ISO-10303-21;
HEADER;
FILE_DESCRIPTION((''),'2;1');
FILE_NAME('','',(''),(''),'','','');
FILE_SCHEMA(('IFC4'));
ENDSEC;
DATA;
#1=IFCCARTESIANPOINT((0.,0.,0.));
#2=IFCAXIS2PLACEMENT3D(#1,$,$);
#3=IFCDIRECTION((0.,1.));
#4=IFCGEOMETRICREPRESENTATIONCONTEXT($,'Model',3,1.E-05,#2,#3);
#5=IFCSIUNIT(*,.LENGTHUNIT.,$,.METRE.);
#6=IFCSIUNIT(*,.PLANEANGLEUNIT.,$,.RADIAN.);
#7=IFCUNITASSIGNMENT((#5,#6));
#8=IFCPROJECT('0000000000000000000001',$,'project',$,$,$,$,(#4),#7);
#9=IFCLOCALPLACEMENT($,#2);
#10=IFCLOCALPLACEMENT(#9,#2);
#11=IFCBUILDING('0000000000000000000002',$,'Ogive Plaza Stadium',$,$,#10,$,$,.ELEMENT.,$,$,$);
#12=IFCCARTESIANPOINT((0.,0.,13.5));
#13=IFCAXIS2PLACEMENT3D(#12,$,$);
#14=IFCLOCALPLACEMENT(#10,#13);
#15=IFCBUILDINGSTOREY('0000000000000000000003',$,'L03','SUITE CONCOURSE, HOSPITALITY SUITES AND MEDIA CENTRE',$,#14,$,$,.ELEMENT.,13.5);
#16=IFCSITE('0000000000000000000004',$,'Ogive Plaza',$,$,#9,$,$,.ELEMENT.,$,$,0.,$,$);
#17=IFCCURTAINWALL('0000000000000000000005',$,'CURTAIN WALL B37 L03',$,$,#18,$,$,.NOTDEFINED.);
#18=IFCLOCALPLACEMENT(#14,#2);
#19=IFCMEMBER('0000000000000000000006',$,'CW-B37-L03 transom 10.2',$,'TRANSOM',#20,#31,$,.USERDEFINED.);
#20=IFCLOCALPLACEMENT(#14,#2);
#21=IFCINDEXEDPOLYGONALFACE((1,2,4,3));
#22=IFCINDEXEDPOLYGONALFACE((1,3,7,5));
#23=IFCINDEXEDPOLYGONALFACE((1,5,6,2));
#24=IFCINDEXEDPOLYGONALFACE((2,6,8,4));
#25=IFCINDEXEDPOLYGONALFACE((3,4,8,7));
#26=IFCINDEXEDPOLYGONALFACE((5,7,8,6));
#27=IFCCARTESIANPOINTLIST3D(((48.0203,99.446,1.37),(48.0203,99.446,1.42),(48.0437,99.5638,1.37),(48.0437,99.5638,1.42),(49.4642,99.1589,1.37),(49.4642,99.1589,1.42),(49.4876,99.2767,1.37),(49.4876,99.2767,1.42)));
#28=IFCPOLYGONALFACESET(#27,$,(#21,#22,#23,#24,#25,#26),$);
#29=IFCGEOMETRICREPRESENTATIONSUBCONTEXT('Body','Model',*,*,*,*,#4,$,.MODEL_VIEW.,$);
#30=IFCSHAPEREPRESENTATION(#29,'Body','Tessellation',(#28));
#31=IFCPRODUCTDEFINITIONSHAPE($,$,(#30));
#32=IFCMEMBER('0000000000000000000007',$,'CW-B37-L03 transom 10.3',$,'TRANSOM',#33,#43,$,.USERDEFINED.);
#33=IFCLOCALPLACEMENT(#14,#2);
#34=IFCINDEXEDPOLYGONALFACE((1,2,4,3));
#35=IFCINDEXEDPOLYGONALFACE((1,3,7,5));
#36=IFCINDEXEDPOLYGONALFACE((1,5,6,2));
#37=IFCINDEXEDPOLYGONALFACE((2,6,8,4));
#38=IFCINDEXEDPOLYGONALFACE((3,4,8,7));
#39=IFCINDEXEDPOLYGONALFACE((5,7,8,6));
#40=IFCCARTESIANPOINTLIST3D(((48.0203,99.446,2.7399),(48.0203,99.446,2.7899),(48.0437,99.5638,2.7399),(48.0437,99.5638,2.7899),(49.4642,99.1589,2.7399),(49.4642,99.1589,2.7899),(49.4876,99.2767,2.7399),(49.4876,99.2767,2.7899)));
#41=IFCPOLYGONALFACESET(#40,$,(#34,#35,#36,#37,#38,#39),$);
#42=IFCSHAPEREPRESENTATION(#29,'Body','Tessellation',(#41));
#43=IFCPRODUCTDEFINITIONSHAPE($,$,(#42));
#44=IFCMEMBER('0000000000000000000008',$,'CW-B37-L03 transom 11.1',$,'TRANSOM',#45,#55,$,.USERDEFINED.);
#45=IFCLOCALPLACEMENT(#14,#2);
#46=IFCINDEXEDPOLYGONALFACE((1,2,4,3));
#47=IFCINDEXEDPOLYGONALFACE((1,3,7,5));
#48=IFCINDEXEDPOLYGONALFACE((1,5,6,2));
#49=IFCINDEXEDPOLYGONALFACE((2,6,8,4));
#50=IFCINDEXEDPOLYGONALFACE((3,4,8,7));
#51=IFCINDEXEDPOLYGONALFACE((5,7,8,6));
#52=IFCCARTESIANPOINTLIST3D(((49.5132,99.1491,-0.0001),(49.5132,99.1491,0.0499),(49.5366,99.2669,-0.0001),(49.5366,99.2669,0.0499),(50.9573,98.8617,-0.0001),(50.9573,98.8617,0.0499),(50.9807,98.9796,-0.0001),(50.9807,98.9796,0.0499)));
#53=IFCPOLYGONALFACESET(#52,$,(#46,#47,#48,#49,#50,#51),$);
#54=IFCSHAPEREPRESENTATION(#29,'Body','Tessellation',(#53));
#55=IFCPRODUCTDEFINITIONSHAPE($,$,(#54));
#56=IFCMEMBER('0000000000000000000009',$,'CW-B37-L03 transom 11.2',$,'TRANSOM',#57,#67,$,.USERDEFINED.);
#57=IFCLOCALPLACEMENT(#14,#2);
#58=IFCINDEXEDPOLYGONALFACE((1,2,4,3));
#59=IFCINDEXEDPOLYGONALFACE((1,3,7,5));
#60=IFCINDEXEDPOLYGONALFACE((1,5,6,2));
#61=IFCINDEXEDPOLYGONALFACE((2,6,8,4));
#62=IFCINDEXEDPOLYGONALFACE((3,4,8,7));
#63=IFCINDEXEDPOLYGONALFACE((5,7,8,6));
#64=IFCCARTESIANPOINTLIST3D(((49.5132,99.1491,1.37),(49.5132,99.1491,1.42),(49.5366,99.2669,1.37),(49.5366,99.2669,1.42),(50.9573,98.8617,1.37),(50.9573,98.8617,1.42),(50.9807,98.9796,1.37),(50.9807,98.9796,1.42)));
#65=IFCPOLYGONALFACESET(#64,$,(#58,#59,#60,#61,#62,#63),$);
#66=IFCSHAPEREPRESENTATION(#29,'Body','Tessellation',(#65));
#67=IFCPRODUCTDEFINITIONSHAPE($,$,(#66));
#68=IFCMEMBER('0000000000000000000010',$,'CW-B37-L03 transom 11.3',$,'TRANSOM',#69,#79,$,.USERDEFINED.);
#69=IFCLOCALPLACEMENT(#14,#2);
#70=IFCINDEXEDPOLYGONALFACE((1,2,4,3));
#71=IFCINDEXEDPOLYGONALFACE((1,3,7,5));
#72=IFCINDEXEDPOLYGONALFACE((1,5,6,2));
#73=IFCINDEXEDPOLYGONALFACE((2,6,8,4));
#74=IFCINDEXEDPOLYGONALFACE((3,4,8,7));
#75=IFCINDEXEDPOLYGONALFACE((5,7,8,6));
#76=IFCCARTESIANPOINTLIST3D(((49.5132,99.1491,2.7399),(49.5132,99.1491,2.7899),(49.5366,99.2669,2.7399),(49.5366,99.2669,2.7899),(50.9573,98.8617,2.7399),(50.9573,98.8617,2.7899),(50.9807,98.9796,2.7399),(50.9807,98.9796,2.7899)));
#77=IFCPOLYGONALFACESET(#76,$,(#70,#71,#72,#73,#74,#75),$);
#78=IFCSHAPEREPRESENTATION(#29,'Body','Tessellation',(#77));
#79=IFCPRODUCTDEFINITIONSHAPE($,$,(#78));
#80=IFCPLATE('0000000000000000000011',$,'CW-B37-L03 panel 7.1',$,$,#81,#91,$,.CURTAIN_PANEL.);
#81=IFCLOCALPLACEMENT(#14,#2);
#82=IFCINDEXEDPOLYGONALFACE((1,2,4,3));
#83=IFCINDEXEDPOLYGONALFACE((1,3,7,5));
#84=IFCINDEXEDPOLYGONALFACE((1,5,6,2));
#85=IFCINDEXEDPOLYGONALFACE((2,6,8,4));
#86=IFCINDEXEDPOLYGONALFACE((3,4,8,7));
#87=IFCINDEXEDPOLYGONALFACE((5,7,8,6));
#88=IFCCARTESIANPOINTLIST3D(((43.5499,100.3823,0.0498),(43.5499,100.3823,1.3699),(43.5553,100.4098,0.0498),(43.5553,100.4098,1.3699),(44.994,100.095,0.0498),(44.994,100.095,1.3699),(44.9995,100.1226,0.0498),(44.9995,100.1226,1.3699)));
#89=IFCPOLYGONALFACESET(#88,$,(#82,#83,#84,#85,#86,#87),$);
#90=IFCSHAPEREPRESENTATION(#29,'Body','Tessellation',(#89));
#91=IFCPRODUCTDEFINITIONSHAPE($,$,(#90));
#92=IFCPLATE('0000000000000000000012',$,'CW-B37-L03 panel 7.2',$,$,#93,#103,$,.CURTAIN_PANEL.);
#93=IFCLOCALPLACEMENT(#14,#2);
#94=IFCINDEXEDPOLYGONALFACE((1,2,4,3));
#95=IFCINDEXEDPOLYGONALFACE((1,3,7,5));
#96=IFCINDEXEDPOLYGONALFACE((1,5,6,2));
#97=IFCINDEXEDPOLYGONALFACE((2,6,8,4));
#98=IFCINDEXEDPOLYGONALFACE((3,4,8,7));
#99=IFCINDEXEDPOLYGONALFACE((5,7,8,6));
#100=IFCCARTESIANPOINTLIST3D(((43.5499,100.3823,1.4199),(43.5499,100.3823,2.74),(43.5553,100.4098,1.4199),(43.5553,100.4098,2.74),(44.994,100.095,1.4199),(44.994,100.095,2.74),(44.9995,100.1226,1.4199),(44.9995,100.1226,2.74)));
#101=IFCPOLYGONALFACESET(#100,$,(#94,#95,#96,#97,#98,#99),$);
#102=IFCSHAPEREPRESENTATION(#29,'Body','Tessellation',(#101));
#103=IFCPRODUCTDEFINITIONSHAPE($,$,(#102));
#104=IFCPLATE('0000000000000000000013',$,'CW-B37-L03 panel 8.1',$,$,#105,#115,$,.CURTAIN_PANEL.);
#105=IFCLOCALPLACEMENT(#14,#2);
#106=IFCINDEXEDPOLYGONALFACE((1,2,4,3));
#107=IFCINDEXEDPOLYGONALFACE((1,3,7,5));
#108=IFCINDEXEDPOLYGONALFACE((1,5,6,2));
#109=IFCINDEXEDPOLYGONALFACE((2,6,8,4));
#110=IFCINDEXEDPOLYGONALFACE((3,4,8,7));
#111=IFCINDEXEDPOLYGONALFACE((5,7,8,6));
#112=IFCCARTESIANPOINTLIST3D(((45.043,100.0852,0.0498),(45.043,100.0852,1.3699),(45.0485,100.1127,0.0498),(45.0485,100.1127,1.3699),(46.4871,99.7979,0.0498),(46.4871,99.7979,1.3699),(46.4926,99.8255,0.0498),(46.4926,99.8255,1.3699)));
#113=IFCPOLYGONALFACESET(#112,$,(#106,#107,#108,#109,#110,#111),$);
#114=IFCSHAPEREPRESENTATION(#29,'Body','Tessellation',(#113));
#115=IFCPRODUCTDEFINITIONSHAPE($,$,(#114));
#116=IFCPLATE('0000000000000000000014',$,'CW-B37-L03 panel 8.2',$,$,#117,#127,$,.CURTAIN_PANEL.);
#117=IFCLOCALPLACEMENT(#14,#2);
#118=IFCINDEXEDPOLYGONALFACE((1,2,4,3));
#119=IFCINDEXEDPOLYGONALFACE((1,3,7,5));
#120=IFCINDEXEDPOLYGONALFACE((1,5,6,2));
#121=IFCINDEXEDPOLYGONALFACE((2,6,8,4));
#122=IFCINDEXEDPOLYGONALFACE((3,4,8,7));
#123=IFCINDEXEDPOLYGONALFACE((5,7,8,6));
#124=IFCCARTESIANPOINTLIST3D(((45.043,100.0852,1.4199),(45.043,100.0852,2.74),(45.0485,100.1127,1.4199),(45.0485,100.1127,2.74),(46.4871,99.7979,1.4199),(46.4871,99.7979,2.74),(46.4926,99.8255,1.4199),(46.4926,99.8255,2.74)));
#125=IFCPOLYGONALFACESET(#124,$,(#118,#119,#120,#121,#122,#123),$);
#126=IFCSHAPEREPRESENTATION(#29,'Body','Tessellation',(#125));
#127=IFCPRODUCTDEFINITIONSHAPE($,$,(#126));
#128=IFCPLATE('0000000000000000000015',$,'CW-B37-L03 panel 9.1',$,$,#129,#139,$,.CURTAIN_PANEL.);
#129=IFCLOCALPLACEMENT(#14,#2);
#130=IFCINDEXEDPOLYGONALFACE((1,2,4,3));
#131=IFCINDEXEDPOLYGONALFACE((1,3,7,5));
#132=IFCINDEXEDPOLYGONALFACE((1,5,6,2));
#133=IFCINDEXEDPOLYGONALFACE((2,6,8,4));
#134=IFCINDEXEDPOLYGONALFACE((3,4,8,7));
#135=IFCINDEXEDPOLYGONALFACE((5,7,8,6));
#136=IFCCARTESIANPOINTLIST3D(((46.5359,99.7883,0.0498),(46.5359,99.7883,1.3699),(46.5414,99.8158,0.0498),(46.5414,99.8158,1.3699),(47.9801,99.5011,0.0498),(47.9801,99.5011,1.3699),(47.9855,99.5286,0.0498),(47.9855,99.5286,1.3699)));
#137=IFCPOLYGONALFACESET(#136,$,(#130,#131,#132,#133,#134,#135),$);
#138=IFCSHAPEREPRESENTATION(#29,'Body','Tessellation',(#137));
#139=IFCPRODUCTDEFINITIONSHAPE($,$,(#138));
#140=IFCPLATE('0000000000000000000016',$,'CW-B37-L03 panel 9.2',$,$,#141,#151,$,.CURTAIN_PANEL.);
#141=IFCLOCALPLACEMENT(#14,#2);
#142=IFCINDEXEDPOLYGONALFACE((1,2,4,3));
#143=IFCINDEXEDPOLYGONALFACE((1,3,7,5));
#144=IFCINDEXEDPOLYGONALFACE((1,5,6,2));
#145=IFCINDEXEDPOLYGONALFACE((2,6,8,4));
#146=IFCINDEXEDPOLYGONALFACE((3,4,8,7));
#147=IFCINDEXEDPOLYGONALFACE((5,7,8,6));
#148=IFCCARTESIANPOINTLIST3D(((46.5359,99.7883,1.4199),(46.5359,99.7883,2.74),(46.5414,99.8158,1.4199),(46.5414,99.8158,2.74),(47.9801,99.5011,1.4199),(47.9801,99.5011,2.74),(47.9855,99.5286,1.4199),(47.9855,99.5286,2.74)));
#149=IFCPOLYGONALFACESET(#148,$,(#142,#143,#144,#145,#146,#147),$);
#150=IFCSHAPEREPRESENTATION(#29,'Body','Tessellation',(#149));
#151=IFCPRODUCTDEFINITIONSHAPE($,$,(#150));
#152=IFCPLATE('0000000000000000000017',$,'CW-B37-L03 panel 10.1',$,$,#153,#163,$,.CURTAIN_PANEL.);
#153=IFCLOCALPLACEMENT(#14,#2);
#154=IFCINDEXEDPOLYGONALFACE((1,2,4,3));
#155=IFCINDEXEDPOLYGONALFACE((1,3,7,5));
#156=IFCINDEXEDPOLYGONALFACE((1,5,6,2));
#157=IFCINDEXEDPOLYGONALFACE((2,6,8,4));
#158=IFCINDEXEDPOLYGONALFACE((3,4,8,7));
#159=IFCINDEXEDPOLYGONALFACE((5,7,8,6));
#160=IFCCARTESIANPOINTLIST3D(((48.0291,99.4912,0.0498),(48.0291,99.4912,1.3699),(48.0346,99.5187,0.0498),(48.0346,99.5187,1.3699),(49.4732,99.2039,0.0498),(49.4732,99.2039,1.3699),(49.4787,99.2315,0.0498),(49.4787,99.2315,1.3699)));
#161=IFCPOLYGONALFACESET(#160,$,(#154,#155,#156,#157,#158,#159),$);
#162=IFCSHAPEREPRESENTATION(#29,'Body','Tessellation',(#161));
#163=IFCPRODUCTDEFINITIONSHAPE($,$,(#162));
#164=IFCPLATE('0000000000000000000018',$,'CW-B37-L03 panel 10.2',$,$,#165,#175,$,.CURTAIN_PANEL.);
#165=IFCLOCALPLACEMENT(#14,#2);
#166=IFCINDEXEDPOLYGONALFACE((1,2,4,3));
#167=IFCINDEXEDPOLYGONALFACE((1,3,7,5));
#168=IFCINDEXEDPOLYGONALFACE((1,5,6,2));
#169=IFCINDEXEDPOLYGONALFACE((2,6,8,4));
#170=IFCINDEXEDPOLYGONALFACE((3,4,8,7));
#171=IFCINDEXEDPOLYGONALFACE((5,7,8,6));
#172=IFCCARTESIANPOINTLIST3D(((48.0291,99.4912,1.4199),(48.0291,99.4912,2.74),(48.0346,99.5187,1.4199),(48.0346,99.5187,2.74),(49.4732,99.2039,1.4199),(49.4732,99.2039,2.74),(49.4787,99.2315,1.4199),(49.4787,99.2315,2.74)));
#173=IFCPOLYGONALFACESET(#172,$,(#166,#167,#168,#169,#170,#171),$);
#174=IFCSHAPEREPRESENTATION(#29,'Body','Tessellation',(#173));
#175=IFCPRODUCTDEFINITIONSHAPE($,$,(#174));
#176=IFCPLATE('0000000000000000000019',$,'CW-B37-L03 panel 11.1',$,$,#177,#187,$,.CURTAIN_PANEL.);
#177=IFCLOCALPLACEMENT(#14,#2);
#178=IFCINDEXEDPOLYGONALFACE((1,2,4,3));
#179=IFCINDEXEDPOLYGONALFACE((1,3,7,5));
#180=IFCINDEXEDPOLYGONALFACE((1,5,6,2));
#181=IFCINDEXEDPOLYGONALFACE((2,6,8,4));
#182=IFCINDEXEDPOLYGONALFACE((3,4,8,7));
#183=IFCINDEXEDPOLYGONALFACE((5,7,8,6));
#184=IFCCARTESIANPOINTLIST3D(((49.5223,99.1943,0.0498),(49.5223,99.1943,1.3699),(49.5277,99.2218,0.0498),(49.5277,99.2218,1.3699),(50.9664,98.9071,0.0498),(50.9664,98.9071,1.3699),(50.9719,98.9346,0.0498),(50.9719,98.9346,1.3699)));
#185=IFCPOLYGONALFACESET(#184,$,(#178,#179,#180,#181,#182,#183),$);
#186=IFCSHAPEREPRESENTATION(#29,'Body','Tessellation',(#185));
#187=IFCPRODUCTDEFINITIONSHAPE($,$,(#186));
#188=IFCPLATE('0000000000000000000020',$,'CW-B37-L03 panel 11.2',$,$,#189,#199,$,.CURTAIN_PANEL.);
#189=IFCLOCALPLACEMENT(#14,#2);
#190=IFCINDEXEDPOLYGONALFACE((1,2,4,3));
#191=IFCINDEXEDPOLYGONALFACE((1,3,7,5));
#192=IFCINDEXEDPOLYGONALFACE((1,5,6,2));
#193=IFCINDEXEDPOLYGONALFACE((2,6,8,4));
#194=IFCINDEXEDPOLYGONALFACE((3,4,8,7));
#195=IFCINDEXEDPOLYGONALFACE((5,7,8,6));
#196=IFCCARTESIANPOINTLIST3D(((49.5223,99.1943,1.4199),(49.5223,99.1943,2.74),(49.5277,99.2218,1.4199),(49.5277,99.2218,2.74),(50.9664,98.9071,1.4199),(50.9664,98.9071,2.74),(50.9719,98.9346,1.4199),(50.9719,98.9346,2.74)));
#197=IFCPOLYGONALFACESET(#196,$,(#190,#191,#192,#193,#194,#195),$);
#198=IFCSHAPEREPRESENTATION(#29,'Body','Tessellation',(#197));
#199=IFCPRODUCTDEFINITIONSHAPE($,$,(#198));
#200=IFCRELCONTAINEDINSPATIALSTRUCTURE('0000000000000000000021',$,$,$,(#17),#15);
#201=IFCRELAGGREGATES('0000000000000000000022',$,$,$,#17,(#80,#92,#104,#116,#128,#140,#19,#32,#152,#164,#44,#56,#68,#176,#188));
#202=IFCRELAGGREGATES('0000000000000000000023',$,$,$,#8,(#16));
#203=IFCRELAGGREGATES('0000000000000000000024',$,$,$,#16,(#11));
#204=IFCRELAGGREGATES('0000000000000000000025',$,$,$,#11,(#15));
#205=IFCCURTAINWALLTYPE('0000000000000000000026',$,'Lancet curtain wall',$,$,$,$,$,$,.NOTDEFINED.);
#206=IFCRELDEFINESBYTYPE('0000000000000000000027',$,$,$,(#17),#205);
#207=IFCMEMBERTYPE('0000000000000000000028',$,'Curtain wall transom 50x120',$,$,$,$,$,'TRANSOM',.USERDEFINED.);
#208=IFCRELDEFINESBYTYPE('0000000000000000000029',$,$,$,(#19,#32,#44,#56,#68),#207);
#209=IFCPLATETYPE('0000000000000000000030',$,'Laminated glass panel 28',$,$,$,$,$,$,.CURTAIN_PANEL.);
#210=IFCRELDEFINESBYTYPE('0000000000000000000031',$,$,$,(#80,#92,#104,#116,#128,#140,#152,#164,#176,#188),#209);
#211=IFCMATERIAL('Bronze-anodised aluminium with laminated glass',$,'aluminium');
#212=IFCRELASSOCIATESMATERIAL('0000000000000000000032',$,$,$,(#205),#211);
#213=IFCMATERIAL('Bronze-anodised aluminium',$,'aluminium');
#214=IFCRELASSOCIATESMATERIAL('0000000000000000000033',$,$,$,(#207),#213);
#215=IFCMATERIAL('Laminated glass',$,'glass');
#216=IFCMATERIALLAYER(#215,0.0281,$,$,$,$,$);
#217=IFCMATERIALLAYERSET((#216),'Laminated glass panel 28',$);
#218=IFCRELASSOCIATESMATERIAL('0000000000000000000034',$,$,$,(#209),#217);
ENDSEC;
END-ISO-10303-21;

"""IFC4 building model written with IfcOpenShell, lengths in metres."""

from ifc_helpers import new_model, si_unit, direction, frame, origin, origin_2d, place, context, subcontext, project, spatial, rectangle, extrude, material, layer, layer_set, material_profile, profile_set, type_object, element, aggregate, save


model = new_model("IFC4")

# Units and contexts
model_context = context("Model", 3, precision=1e-05, world=origin(), true_north=direction((0.0, 1.0)))
body_context = subcontext(model_context, "Body", "Model", "MODEL_VIEW")
ifc_project = project(units=[si_unit("LENGTHUNIT", "METRE"), si_unit("PLANEANGLEUNIT", "RADIAN")], contexts=[model_context])

# Site, building, storey
site_placement = place(None, origin())
site = spatial("IfcSite", under=ifc_project, at=site_placement, Name="Ogive Plaza", CompositionType="ELEMENT", RefElevation=0.0)
building_placement = place(site_placement, origin())
building = spatial("IfcBuilding", under=site, at=building_placement, Name="Ogive Plaza Stadium", CompositionType="ELEMENT")
storey_placement = place(building_placement, frame((0.0, 0.0, 13.5)))
storey = spatial("IfcBuildingStorey", under=building, at=storey_placement, Name="L03", Description="SUITE CONCOURSE, HOSPITALITY SUITES AND MEDIA CENTRE", CompositionType="ELEMENT", Elevation=13.5)

# Curtain wall, members, plates
ifc_material_1 = material(Name="Bronze-anodised aluminium with laminated glass", Category="aluminium")
curtain_wall_type = type_object("IfcCurtainWallType", Name="Lancet curtain wall", PredefinedType="NOTDEFINED", material=ifc_material_1)
curtain_wall_placement = place(storey_placement, origin())
curtain_wall = element("IfcCurtainWall", 1, at=curtain_wall_placement, inside=storey, type_object=curtain_wall_type, Name="CURTAIN WALL B37 L03", PredefinedType="NOTDEFINED")
ifc_material_2 = material(Name="Bronze-anodised aluminium", Category="aluminium")
ifc_material_profile_1 = material_profile(ifc_material_2, rectangle(XDim=0.1201, YDim=0.05, at=origin_2d()), Name="AL 120x50")
ifc_profile_set_1 = profile_set([ifc_material_profile_1], Name="Bronze-anodised aluminium")
member_type_1 = type_object("IfcMemberType", Name="Curtain wall transom 50x120", ElementType="TRANSOM", PredefinedType="USERDEFINED", material=ifc_profile_set_1)
member_1_placement = place(storey_placement, frame((48.032, 99.5049, 1.395), z_axis=(0.980797, -0.195032, 0.0), x_axis=(0.195032, 0.980797, 0.0)))
member_1 = element("IfcMember", 2, at=member_1_placement, type_object=member_type_1, Name="CW-B37-L03 transom 10.2", ObjectType="TRANSOM", PredefinedType="USERDEFINED", context=body_context, shape_type="SweptSolid", body=[
    extrude(rectangle(XDim=0.1201, YDim=0.05, at=origin_2d()), origin(), (0.0, 0.0, 1.0), 1.4722),
])
member_2_placement = place(storey_placement, frame((48.032, 99.5049, 2.7649), z_axis=(0.980797, -0.195032, 0.0), x_axis=(0.195032, 0.980797, 0.0)))
member_2 = element("IfcMember", 3, at=member_2_placement, type_object=member_type_1, Name="CW-B37-L03 transom 10.3", ObjectType="TRANSOM", PredefinedType="USERDEFINED", context=body_context, shape_type="SweptSolid", body=[
    extrude(rectangle(XDim=0.1201, YDim=0.05, at=origin_2d()), origin(), (0.0, 0.0, 1.0), 1.4722),
])
member_3_placement = place(storey_placement, frame((49.5249, 99.208, 0.0249), z_axis=(0.980772, -0.195159, 0.0), x_axis=(0.195159, 0.980772, 0.0)))
member_3 = element("IfcMember", 4, at=member_3_placement, type_object=member_type_1, Name="CW-B37-L03 transom 11.1", ObjectType="TRANSOM", PredefinedType="USERDEFINED", context=body_context, shape_type="SweptSolid", body=[
    extrude(rectangle(XDim=0.1201, YDim=0.05, at=origin_2d()), origin(), (0.0, 0.0, 1.0), 1.4724),
])
member_4_placement = place(storey_placement, frame((49.5249, 99.208, 1.395), z_axis=(0.980772, -0.195159, 0.0), x_axis=(0.195159, 0.980772, 0.0)))
member_4 = element("IfcMember", 5, at=member_4_placement, type_object=member_type_1, Name="CW-B37-L03 transom 11.2", ObjectType="TRANSOM", PredefinedType="USERDEFINED", context=body_context, shape_type="SweptSolid", body=[
    extrude(rectangle(XDim=0.1201, YDim=0.05, at=origin_2d()), origin(), (0.0, 0.0, 1.0), 1.4724),
])
member_5_placement = place(storey_placement, frame((49.5249, 99.208, 2.7649), z_axis=(0.980772, -0.195159, 0.0), x_axis=(0.195159, 0.980772, 0.0)))
member_5 = element("IfcMember", 6, at=member_5_placement, type_object=member_type_1, Name="CW-B37-L03 transom 11.3", ObjectType="TRANSOM", PredefinedType="USERDEFINED", context=body_context, shape_type="SweptSolid", body=[
    extrude(rectangle(XDim=0.1201, YDim=0.05, at=origin_2d()), origin(), (0.0, 0.0, 1.0), 1.4724),
])
ifc_material_3 = material(Name="Laminated glass", Category="glass")
ifc_layer_1 = layer(ifc_material_3, 0.0281)
ifc_layer_set_1 = layer_set([ifc_layer_1], Name="Laminated glass panel 28")
plate_type = type_object("IfcPlateType", Name="Laminated glass panel 28", PredefinedType="CURTAIN_PANEL", material=ifc_layer_set_1)
plate_1_placement = place(storey_placement, frame((44.2747, 100.2524, 0.0498), z_axis=(0.0, 0.0, 1.0), x_axis=(0.980785, -0.19509, 0.0)))
plate_1 = element("IfcPlate", 7, at=plate_1_placement, type_object=plate_type, Name="CW-B37-L03 panel 7.1", PredefinedType="CURTAIN_PANEL", context=body_context, shape_type="SweptSolid", body=[
    extrude(rectangle(XDim=1.4724, YDim=0.0281, at=origin_2d()), origin(), (0.0, 0.0, 1.0), 1.3201),
])
plate_2_placement = place(storey_placement, frame((44.2747, 100.2524, 1.4199), z_axis=(0.0, 0.0, 1.0), x_axis=(0.980785, -0.19509, 0.0)))
plate_2 = element("IfcPlate", 8, at=plate_2_placement, type_object=plate_type, Name="CW-B37-L03 panel 7.2", PredefinedType="CURTAIN_PANEL", context=body_context, shape_type="SweptSolid", body=[
    extrude(rectangle(XDim=1.4724, YDim=0.0281, at=origin_2d()), origin(), (0.0, 0.0, 1.0), 1.3201),
])
plate_3_placement = place(storey_placement, frame((45.7678, 99.9553, 0.0498), z_axis=(0.0, 0.0, 1.0), x_axis=(0.980785, -0.19509, 0.0)))
plate_3 = element("IfcPlate", 9, at=plate_3_placement, type_object=plate_type, Name="CW-B37-L03 panel 8.1", PredefinedType="CURTAIN_PANEL", context=body_context, shape_type="SweptSolid", body=[
    extrude(rectangle(XDim=1.4724, YDim=0.0281, at=origin_2d()), origin(), (0.0, 0.0, 1.0), 1.3201),
])
plate_4_placement = place(storey_placement, frame((45.7678, 99.9553, 1.4199), z_axis=(0.0, 0.0, 1.0), x_axis=(0.980785, -0.19509, 0.0)))
plate_4 = element("IfcPlate", 10, at=plate_4_placement, type_object=plate_type, Name="CW-B37-L03 panel 8.2", PredefinedType="CURTAIN_PANEL", context=body_context, shape_type="SweptSolid", body=[
    extrude(rectangle(XDim=1.4724, YDim=0.0281, at=origin_2d()), origin(), (0.0, 0.0, 1.0), 1.3201),
])
plate_5_placement = place(storey_placement, frame((47.2607, 99.6584, 0.0498), z_axis=(0.0, 0.0, 1.0), x_axis=(0.980785, -0.19509, 0.0)))
plate_5 = element("IfcPlate", 11, at=plate_5_placement, type_object=plate_type, Name="CW-B37-L03 panel 9.1", PredefinedType="CURTAIN_PANEL", context=body_context, shape_type="SweptSolid", body=[
    extrude(rectangle(XDim=1.4724, YDim=0.0281, at=origin_2d()), origin(), (0.0, 0.0, 1.0), 1.3201),
])
plate_6_placement = place(storey_placement, frame((47.2607, 99.6584, 1.4199), z_axis=(0.0, 0.0, 1.0), x_axis=(0.980785, -0.19509, 0.0)))
plate_6 = element("IfcPlate", 12, at=plate_6_placement, type_object=plate_type, Name="CW-B37-L03 panel 9.2", PredefinedType="CURTAIN_PANEL", context=body_context, shape_type="SweptSolid", body=[
    extrude(rectangle(XDim=1.4724, YDim=0.0281, at=origin_2d()), origin(), (0.0, 0.0, 1.0), 1.3201),
])
plate_7_placement = place(storey_placement, frame((48.7539, 99.3613, 0.0498), z_axis=(0.0, 0.0, 1.0), x_axis=(0.980785, -0.19509, 0.0)))
plate_7 = element("IfcPlate", 13, at=plate_7_placement, type_object=plate_type, Name="CW-B37-L03 panel 10.1", PredefinedType="CURTAIN_PANEL", context=body_context, shape_type="SweptSolid", body=[
    extrude(rectangle(XDim=1.4724, YDim=0.0281, at=origin_2d()), origin(), (0.0, 0.0, 1.0), 1.3201),
])
plate_8_placement = place(storey_placement, frame((48.7539, 99.3613, 1.4199), z_axis=(0.0, 0.0, 1.0), x_axis=(0.980785, -0.19509, 0.0)))
plate_8 = element("IfcPlate", 14, at=plate_8_placement, type_object=plate_type, Name="CW-B37-L03 panel 10.2", PredefinedType="CURTAIN_PANEL", context=body_context, shape_type="SweptSolid", body=[
    extrude(rectangle(XDim=1.4724, YDim=0.0281, at=origin_2d()), origin(), (0.0, 0.0, 1.0), 1.3201),
])
plate_9_placement = place(storey_placement, frame((50.2471, 99.0645, 0.0498), z_axis=(0.0, 0.0, 1.0), x_axis=(0.980785, -0.19509, 0.0)))
plate_9 = element("IfcPlate", 15, at=plate_9_placement, type_object=plate_type, Name="CW-B37-L03 panel 11.1", PredefinedType="CURTAIN_PANEL", context=body_context, shape_type="SweptSolid", body=[
    extrude(rectangle(XDim=1.4724, YDim=0.0281, at=origin_2d()), origin(), (0.0, 0.0, 1.0), 1.3201),
])
plate_10_placement = place(storey_placement, frame((50.2471, 99.0645, 1.4199), z_axis=(0.0, 0.0, 1.0), x_axis=(0.980785, -0.19509, 0.0)))
plate_10 = element("IfcPlate", 16, at=plate_10_placement, type_object=plate_type, Name="CW-B37-L03 panel 11.2", PredefinedType="CURTAIN_PANEL", context=body_context, shape_type="SweptSolid", body=[
    extrude(rectangle(XDim=1.4724, YDim=0.0281, at=origin_2d()), origin(), (0.0, 0.0, 1.0), 1.3201),
])
aggregate(curtain_wall, [plate_1, plate_2, plate_3, plate_4, plate_5, plate_6, member_1, member_2, plate_7, plate_8, member_3, member_4, member_5, plate_9, plate_10])

save(model, "model.ifc")
